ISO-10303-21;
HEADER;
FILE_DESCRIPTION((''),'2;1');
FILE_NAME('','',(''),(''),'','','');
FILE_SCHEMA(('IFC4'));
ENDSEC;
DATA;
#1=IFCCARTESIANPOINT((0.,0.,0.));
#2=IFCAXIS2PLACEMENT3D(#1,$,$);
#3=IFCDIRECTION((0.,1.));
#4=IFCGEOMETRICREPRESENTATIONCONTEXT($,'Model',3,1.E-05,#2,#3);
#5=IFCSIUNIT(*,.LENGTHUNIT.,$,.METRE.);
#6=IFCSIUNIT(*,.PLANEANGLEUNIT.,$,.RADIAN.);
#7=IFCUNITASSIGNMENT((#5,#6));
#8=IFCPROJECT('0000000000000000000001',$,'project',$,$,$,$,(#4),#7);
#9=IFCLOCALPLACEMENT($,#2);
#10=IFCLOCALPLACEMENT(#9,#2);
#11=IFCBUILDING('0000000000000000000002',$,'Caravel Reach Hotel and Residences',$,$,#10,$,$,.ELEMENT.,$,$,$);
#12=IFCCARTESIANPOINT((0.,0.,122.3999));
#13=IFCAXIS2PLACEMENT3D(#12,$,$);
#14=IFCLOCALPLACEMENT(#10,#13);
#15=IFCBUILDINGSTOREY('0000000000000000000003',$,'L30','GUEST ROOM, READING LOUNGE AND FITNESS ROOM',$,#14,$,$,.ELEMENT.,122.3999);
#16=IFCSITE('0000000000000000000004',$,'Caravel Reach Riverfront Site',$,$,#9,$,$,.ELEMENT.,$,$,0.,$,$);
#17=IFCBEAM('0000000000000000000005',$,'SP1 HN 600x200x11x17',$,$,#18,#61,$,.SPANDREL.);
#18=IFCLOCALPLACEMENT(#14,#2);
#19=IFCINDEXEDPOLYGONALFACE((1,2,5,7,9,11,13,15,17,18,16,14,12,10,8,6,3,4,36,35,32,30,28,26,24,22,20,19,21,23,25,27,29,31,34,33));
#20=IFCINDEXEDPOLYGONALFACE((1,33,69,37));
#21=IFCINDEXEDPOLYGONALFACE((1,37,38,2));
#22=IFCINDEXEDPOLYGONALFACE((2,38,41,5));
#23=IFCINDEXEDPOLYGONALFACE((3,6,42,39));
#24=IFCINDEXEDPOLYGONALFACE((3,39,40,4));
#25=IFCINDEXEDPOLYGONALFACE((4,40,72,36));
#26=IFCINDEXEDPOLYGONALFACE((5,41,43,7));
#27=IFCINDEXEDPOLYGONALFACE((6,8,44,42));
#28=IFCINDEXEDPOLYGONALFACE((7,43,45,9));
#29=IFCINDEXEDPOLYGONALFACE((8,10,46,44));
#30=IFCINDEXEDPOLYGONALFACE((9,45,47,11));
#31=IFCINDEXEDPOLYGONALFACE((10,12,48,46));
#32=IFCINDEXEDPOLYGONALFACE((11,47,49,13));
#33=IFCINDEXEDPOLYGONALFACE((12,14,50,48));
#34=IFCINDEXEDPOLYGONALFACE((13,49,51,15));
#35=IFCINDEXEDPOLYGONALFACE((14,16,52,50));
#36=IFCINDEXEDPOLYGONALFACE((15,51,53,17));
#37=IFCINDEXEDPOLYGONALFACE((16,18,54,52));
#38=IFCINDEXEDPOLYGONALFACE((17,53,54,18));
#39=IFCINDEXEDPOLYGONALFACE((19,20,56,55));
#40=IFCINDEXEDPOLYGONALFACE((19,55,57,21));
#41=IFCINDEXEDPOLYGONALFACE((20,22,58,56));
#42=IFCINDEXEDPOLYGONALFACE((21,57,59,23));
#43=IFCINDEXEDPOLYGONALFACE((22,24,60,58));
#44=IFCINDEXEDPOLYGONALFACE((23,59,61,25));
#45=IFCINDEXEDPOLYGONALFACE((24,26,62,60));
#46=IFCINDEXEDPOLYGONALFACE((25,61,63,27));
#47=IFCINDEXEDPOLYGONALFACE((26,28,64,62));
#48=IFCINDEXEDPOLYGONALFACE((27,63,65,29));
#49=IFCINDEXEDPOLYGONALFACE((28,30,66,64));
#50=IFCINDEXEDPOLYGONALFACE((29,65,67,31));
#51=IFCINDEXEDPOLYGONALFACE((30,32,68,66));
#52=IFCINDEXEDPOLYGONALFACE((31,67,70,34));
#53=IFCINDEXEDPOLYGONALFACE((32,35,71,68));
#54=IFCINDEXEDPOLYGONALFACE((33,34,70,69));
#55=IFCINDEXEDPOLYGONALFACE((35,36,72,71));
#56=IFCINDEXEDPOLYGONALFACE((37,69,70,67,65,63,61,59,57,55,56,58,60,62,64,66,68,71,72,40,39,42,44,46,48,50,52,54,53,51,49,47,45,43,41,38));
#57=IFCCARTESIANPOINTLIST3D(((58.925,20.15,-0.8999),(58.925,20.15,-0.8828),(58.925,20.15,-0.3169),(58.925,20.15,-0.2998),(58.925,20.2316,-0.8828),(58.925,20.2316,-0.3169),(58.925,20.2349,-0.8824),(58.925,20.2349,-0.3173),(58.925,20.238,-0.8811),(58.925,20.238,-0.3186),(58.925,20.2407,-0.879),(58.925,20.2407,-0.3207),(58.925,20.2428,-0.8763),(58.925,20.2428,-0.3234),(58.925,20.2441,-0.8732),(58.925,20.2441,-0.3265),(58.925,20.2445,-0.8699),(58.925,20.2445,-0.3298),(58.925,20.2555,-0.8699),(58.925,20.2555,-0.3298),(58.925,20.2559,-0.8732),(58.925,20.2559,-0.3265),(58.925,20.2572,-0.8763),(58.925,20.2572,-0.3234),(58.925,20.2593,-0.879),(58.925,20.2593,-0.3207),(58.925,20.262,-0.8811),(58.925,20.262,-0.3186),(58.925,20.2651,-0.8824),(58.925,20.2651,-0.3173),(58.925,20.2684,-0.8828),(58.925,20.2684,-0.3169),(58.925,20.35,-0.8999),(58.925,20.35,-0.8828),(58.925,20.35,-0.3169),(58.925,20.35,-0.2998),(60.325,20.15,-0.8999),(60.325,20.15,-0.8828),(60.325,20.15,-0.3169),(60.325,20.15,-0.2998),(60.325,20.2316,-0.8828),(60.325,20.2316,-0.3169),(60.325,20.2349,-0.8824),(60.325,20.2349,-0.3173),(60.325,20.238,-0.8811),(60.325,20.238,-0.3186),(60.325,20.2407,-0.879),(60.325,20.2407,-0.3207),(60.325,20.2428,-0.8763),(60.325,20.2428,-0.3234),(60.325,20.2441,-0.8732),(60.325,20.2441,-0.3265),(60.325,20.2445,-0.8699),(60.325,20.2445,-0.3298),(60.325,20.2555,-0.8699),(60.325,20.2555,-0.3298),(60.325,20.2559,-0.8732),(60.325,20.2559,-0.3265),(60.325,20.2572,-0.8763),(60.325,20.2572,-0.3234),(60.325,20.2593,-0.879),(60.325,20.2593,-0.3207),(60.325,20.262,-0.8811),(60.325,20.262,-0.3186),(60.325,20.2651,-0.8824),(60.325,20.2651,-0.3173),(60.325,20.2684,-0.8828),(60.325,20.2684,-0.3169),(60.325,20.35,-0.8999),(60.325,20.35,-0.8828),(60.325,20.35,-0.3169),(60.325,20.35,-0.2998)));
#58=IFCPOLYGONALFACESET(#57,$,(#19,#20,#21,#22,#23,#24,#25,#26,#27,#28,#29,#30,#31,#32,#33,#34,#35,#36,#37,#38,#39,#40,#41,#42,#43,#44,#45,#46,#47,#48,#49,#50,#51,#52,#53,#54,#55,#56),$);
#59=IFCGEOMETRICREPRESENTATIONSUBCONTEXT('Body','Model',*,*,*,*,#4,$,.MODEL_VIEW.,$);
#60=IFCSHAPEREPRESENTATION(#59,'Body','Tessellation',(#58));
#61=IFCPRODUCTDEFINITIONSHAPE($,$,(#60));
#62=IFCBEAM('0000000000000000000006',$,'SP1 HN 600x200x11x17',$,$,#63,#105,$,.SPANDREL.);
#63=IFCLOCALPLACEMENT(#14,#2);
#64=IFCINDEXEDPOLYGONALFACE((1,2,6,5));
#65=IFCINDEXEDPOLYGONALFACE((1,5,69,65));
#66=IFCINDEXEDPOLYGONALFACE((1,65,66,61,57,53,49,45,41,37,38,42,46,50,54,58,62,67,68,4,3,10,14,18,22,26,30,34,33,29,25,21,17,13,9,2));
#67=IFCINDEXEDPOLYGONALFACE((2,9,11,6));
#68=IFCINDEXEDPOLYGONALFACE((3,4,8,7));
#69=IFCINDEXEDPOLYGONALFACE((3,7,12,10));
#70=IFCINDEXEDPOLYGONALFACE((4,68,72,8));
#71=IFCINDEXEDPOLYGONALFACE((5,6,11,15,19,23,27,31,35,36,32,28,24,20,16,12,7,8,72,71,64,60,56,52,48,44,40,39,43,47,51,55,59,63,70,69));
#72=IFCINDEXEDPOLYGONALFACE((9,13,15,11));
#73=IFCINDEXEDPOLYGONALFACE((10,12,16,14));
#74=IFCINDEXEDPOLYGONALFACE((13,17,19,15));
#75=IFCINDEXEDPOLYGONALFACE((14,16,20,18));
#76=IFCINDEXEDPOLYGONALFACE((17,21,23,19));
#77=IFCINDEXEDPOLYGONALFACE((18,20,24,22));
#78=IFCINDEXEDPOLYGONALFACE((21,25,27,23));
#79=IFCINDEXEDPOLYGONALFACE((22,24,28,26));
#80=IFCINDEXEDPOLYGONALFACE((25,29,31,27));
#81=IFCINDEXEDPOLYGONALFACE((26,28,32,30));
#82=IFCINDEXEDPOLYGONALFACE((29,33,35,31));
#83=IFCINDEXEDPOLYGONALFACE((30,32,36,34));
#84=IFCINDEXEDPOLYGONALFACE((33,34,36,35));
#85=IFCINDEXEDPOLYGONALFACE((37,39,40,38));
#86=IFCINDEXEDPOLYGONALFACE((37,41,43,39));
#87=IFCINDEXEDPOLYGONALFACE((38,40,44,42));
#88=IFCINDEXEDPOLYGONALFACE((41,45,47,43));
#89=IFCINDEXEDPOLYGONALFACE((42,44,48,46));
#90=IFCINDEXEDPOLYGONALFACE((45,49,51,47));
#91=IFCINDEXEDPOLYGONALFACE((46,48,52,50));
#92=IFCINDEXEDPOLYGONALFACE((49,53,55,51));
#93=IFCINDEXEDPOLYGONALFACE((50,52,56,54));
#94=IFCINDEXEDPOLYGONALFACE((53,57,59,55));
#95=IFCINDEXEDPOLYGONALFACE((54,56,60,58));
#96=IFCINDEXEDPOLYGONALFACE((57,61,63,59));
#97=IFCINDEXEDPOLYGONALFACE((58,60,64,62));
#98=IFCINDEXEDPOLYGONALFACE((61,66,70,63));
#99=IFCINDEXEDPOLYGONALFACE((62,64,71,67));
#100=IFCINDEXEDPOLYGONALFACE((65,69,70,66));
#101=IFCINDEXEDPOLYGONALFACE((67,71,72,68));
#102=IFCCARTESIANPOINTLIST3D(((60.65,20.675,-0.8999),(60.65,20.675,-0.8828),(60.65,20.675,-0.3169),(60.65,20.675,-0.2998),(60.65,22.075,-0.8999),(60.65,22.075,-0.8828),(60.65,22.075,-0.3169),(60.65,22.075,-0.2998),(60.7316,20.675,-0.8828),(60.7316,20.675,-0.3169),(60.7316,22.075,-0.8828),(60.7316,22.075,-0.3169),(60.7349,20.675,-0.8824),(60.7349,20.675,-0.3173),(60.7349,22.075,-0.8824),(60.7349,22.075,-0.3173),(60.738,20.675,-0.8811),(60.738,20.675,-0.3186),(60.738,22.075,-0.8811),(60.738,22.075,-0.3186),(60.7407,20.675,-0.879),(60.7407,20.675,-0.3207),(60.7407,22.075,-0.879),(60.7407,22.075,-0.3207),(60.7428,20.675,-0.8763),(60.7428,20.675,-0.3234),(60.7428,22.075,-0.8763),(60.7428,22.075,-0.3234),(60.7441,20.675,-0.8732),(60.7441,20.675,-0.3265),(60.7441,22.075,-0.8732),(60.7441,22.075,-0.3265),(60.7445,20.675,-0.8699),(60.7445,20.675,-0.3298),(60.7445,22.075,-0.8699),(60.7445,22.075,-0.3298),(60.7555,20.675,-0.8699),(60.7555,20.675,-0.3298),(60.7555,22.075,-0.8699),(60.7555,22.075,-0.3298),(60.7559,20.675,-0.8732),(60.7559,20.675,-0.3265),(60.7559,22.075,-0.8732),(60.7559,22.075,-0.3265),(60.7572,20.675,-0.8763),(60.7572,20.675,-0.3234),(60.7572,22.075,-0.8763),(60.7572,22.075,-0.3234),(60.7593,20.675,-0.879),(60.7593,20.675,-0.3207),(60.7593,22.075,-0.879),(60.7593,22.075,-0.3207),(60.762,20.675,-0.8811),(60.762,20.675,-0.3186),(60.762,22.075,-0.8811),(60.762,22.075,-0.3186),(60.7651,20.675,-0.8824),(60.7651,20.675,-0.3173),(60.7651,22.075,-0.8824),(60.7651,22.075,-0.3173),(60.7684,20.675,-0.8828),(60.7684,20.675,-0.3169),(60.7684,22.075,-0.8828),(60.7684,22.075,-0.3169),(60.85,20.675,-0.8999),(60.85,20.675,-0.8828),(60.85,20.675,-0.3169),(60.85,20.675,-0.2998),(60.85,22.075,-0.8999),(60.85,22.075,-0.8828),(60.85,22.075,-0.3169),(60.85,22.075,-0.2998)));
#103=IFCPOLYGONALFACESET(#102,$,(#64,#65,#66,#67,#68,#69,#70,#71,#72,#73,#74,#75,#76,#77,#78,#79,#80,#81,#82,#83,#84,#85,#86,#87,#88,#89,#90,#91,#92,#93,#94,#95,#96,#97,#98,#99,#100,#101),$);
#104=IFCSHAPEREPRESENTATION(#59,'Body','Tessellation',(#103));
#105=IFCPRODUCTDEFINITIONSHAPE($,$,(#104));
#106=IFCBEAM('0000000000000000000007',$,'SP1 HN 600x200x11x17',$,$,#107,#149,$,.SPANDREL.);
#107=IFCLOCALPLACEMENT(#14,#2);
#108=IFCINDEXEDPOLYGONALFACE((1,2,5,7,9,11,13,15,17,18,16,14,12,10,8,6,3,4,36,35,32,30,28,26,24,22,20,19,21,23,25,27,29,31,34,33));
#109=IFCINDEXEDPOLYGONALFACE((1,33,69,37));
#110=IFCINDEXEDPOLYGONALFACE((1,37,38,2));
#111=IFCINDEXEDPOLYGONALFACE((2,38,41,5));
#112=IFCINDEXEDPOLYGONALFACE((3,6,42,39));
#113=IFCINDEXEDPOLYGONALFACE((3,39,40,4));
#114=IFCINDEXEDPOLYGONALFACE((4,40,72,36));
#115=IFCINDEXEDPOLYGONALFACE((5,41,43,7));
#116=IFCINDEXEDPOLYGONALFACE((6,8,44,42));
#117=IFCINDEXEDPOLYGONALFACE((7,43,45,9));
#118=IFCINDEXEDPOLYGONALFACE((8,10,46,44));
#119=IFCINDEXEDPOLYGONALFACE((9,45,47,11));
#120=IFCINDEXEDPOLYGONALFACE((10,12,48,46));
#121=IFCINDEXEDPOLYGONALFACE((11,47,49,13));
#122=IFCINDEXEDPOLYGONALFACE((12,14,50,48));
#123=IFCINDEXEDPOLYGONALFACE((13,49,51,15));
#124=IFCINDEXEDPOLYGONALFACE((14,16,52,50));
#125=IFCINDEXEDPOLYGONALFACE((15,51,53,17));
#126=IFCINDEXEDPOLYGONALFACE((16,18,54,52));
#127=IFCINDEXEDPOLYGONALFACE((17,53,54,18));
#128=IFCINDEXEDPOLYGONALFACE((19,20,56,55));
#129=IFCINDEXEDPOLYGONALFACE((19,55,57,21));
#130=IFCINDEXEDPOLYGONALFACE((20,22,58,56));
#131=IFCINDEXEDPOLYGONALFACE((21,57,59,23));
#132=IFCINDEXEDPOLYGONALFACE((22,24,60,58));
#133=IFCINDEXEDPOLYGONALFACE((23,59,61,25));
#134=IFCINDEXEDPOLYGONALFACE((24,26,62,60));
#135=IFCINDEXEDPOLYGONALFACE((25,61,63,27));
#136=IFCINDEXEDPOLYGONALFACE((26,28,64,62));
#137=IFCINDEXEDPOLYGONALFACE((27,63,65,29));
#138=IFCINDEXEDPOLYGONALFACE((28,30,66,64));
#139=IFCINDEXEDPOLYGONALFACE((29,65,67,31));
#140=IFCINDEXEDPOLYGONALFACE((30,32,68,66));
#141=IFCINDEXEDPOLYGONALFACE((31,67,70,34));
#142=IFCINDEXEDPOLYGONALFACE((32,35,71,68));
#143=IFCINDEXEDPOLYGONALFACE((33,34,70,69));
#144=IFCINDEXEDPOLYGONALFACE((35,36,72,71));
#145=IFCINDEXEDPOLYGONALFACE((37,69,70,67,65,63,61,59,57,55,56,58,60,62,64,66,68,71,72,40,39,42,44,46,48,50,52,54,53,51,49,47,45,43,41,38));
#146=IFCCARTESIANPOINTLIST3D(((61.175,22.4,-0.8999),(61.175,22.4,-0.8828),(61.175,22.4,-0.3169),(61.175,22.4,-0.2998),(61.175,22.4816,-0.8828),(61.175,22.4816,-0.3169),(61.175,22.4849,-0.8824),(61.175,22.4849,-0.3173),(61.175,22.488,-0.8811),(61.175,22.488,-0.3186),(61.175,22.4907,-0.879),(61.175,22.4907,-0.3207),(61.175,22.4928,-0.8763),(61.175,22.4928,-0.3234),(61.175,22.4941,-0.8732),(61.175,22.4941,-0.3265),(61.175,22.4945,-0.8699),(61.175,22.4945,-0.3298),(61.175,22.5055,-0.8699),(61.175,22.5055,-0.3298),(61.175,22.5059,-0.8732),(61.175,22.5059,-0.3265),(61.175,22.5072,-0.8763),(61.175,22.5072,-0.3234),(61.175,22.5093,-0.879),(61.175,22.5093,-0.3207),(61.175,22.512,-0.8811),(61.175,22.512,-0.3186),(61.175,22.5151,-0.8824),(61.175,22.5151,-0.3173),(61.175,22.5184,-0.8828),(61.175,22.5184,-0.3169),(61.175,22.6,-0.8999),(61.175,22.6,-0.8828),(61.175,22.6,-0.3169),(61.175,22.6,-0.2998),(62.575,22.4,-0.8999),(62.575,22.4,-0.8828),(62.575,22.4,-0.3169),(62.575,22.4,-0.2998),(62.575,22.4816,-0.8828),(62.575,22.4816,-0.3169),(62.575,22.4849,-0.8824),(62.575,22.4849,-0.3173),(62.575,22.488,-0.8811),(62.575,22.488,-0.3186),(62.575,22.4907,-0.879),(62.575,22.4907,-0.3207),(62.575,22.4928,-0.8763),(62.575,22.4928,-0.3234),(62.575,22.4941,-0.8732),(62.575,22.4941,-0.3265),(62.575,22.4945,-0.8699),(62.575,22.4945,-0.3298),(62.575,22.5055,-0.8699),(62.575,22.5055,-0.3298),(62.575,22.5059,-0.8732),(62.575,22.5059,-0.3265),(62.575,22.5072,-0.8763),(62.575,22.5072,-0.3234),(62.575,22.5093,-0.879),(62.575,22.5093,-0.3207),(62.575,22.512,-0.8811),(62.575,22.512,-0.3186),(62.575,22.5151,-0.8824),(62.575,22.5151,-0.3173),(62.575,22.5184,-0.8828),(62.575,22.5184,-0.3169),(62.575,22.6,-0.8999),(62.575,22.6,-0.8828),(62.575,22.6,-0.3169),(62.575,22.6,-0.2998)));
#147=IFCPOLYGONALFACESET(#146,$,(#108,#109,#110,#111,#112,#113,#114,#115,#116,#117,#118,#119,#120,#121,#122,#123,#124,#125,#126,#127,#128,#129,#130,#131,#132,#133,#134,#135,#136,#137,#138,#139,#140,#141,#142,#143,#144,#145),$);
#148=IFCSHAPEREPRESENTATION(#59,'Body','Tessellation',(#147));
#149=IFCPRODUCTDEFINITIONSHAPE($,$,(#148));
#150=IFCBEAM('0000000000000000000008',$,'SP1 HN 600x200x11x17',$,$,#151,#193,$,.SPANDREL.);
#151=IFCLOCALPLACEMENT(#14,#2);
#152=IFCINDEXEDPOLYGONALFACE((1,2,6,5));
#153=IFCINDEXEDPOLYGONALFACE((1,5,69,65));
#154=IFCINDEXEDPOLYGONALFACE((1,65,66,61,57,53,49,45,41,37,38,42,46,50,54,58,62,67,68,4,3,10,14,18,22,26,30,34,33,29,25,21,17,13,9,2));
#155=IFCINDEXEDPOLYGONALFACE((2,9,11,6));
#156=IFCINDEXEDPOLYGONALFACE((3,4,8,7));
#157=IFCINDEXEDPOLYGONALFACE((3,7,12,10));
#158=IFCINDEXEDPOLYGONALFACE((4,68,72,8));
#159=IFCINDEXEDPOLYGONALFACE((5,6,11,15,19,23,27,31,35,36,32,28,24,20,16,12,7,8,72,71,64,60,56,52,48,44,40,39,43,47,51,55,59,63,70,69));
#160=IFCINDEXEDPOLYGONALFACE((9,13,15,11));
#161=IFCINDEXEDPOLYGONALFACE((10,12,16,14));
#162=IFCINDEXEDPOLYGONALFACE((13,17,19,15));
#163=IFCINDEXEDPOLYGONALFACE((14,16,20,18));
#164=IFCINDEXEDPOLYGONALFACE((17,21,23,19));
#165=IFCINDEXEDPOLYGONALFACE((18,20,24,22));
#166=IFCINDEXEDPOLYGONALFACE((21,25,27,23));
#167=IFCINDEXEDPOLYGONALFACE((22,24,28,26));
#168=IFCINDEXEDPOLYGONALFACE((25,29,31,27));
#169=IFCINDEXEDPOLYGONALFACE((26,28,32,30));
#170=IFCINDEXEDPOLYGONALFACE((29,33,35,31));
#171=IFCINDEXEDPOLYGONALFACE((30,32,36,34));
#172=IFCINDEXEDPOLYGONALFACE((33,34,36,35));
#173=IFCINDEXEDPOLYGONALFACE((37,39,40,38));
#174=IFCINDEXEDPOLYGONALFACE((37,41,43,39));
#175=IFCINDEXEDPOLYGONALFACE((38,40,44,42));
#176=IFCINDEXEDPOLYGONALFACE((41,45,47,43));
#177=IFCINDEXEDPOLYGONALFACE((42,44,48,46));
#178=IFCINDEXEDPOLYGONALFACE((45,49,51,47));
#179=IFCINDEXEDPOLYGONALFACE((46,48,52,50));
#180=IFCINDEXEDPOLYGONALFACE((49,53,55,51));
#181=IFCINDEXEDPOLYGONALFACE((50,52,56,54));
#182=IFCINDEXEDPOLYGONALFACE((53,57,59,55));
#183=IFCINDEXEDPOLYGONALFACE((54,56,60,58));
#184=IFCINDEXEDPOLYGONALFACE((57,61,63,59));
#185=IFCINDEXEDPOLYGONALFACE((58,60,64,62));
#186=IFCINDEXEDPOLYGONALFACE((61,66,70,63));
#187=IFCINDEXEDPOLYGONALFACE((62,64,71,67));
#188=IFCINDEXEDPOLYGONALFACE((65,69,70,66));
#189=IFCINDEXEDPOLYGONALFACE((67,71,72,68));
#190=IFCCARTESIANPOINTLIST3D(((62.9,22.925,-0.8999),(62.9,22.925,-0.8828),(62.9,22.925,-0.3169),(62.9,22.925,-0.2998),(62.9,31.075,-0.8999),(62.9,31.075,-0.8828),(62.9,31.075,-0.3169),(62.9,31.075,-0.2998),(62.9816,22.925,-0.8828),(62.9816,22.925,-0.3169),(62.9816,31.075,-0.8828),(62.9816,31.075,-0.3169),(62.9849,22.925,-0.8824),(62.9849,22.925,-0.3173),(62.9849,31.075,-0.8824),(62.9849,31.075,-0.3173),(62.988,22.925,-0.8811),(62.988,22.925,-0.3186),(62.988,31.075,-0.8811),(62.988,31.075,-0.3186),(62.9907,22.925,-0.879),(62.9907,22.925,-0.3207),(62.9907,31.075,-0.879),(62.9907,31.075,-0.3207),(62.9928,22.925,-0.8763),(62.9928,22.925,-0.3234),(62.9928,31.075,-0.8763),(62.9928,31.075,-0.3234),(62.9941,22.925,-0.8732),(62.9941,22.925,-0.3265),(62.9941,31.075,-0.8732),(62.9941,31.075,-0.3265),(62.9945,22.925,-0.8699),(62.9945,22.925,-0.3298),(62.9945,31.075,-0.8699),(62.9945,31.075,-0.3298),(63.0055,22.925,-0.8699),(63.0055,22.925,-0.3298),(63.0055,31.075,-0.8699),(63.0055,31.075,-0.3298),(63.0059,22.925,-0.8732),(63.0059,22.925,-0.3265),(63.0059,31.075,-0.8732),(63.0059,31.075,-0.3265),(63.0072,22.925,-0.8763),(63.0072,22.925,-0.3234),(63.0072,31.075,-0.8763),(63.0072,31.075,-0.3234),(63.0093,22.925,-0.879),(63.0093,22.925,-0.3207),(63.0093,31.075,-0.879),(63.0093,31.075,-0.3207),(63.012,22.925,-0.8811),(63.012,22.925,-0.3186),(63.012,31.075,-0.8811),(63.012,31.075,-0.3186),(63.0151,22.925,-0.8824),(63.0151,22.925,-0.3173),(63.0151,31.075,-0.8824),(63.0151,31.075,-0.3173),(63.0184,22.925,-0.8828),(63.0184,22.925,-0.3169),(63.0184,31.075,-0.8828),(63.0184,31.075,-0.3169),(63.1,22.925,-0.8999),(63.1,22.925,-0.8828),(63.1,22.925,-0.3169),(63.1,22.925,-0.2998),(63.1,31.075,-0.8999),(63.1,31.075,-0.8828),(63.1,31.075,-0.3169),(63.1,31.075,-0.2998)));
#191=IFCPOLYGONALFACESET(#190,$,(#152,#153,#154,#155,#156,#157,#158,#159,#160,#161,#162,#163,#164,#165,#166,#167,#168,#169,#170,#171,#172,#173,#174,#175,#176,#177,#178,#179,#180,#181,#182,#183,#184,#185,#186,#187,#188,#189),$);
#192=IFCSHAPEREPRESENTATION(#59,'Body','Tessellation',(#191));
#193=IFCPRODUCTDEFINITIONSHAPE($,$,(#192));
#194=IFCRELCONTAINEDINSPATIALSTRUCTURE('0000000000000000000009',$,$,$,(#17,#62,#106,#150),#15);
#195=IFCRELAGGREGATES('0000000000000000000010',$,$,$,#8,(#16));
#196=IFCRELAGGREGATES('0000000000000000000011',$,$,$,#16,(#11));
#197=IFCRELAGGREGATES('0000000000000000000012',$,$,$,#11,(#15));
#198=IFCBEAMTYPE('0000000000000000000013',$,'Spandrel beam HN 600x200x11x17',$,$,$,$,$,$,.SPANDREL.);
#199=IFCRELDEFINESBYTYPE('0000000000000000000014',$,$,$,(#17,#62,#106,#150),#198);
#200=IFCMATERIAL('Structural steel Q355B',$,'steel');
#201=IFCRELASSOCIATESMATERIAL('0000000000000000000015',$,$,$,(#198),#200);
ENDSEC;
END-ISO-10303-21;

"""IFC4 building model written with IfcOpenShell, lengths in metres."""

from ifc_helpers import new_model, si_unit, direction, frame, origin, origin_2d, place, context, subcontext, project, spatial, i_section, extrude, material, material_profile, profile_set, type_object, element, save


model = new_model("IFC4")

# Units and contexts
model_context = context("Model", 3, precision=1e-05, world=origin(), true_north=direction((0.0, 1.0)))
body_context = subcontext(model_context, "Body", "Model", "MODEL_VIEW")
ifc_project = project(units=[si_unit("LENGTHUNIT", "METRE"), si_unit("PLANEANGLEUNIT", "RADIAN")], contexts=[model_context])

# Site, building, storey
site_placement = place(None, origin())
site = spatial("IfcSite", under=ifc_project, at=site_placement, Name="Caravel Reach Riverfront Site", CompositionType="ELEMENT", RefElevation=0.0)
building_placement = place(site_placement, origin())
building = spatial("IfcBuilding", under=site, at=building_placement, Name="Caravel Reach Hotel and Residences", CompositionType="ELEMENT")
storey_placement = place(building_placement, frame((0.0, 0.0, 122.3999)))
storey = spatial("IfcBuildingStorey", under=building, at=storey_placement, Name="L30", Description="GUEST ROOM, READING LOUNGE AND FITNESS ROOM", CompositionType="ELEMENT", Elevation=122.3999)

# Beams
ifc_material_1 = material(Name="Structural steel Q355B", Category="steel")
ifc_material_profile_1 = material_profile(ifc_material_1, i_section(OverallWidth=0.2, OverallDepth=0.6001, WebThickness=0.011, FlangeThickness=0.0171, FilletRadius=0.0129, at=origin_2d()), Name="HN 600x200x11x17")
ifc_profile_set_1 = profile_set([ifc_material_profile_1], Name="Structural steel Q355B")
beam_type = type_object("IfcBeamType", Name="Spandrel beam HN 600x200x11x17", PredefinedType="SPANDREL", material=ifc_profile_set_1)
for number, where, z_axis, x_axis, name in (
    (1, (58.925, 20.25, -0.5999), (1.0, 0.0, 0.0), (0.0, 1.0, 0.0), "SP1 HN 600x200x11x17"),
    (2, (60.75, 20.675, -0.5999), (0.0, 1.0, 0.0), (-1.0, 0.0, 0.0), "SP1 HN 600x200x11x17"),
    (3, (61.175, 22.5, -0.5999), (1.0, 0.0, 0.0), (0.0, 1.0, 0.0), "SP1 HN 600x200x11x17"),
):
    element("IfcBeam", number, at=place(storey_placement, frame(where, z_axis=z_axis, x_axis=x_axis)), inside=storey, type_object=beam_type, Name=name, PredefinedType="SPANDREL", context=body_context, shape_type="SweptSolid", body=[
        extrude(i_section(OverallWidth=0.2, OverallDepth=0.6001, WebThickness=0.011, FlangeThickness=0.0171, FilletRadius=0.0129, at=origin_2d()), origin(), (0.0, 0.0, 1.0), 1.3999),
    ])
beam_1_placement = place(storey_placement, frame((63.0, 22.925, -0.5999), z_axis=(0.0, 1.0, 0.0), x_axis=(-1.0, 0.0, 0.0)))
element("IfcBeam", 4, at=beam_1_placement, inside=storey, type_object=beam_type, Name="SP1 HN 600x200x11x17", PredefinedType="SPANDREL", context=body_context, shape_type="SweptSolid", body=[
    extrude(i_section(OverallWidth=0.2, OverallDepth=0.6001, WebThickness=0.011, FlangeThickness=0.0171, FilletRadius=0.0129, at=origin_2d()), origin(), (0.0, 0.0, 1.0), 8.1499),
])

save(model, "model.ifc")
